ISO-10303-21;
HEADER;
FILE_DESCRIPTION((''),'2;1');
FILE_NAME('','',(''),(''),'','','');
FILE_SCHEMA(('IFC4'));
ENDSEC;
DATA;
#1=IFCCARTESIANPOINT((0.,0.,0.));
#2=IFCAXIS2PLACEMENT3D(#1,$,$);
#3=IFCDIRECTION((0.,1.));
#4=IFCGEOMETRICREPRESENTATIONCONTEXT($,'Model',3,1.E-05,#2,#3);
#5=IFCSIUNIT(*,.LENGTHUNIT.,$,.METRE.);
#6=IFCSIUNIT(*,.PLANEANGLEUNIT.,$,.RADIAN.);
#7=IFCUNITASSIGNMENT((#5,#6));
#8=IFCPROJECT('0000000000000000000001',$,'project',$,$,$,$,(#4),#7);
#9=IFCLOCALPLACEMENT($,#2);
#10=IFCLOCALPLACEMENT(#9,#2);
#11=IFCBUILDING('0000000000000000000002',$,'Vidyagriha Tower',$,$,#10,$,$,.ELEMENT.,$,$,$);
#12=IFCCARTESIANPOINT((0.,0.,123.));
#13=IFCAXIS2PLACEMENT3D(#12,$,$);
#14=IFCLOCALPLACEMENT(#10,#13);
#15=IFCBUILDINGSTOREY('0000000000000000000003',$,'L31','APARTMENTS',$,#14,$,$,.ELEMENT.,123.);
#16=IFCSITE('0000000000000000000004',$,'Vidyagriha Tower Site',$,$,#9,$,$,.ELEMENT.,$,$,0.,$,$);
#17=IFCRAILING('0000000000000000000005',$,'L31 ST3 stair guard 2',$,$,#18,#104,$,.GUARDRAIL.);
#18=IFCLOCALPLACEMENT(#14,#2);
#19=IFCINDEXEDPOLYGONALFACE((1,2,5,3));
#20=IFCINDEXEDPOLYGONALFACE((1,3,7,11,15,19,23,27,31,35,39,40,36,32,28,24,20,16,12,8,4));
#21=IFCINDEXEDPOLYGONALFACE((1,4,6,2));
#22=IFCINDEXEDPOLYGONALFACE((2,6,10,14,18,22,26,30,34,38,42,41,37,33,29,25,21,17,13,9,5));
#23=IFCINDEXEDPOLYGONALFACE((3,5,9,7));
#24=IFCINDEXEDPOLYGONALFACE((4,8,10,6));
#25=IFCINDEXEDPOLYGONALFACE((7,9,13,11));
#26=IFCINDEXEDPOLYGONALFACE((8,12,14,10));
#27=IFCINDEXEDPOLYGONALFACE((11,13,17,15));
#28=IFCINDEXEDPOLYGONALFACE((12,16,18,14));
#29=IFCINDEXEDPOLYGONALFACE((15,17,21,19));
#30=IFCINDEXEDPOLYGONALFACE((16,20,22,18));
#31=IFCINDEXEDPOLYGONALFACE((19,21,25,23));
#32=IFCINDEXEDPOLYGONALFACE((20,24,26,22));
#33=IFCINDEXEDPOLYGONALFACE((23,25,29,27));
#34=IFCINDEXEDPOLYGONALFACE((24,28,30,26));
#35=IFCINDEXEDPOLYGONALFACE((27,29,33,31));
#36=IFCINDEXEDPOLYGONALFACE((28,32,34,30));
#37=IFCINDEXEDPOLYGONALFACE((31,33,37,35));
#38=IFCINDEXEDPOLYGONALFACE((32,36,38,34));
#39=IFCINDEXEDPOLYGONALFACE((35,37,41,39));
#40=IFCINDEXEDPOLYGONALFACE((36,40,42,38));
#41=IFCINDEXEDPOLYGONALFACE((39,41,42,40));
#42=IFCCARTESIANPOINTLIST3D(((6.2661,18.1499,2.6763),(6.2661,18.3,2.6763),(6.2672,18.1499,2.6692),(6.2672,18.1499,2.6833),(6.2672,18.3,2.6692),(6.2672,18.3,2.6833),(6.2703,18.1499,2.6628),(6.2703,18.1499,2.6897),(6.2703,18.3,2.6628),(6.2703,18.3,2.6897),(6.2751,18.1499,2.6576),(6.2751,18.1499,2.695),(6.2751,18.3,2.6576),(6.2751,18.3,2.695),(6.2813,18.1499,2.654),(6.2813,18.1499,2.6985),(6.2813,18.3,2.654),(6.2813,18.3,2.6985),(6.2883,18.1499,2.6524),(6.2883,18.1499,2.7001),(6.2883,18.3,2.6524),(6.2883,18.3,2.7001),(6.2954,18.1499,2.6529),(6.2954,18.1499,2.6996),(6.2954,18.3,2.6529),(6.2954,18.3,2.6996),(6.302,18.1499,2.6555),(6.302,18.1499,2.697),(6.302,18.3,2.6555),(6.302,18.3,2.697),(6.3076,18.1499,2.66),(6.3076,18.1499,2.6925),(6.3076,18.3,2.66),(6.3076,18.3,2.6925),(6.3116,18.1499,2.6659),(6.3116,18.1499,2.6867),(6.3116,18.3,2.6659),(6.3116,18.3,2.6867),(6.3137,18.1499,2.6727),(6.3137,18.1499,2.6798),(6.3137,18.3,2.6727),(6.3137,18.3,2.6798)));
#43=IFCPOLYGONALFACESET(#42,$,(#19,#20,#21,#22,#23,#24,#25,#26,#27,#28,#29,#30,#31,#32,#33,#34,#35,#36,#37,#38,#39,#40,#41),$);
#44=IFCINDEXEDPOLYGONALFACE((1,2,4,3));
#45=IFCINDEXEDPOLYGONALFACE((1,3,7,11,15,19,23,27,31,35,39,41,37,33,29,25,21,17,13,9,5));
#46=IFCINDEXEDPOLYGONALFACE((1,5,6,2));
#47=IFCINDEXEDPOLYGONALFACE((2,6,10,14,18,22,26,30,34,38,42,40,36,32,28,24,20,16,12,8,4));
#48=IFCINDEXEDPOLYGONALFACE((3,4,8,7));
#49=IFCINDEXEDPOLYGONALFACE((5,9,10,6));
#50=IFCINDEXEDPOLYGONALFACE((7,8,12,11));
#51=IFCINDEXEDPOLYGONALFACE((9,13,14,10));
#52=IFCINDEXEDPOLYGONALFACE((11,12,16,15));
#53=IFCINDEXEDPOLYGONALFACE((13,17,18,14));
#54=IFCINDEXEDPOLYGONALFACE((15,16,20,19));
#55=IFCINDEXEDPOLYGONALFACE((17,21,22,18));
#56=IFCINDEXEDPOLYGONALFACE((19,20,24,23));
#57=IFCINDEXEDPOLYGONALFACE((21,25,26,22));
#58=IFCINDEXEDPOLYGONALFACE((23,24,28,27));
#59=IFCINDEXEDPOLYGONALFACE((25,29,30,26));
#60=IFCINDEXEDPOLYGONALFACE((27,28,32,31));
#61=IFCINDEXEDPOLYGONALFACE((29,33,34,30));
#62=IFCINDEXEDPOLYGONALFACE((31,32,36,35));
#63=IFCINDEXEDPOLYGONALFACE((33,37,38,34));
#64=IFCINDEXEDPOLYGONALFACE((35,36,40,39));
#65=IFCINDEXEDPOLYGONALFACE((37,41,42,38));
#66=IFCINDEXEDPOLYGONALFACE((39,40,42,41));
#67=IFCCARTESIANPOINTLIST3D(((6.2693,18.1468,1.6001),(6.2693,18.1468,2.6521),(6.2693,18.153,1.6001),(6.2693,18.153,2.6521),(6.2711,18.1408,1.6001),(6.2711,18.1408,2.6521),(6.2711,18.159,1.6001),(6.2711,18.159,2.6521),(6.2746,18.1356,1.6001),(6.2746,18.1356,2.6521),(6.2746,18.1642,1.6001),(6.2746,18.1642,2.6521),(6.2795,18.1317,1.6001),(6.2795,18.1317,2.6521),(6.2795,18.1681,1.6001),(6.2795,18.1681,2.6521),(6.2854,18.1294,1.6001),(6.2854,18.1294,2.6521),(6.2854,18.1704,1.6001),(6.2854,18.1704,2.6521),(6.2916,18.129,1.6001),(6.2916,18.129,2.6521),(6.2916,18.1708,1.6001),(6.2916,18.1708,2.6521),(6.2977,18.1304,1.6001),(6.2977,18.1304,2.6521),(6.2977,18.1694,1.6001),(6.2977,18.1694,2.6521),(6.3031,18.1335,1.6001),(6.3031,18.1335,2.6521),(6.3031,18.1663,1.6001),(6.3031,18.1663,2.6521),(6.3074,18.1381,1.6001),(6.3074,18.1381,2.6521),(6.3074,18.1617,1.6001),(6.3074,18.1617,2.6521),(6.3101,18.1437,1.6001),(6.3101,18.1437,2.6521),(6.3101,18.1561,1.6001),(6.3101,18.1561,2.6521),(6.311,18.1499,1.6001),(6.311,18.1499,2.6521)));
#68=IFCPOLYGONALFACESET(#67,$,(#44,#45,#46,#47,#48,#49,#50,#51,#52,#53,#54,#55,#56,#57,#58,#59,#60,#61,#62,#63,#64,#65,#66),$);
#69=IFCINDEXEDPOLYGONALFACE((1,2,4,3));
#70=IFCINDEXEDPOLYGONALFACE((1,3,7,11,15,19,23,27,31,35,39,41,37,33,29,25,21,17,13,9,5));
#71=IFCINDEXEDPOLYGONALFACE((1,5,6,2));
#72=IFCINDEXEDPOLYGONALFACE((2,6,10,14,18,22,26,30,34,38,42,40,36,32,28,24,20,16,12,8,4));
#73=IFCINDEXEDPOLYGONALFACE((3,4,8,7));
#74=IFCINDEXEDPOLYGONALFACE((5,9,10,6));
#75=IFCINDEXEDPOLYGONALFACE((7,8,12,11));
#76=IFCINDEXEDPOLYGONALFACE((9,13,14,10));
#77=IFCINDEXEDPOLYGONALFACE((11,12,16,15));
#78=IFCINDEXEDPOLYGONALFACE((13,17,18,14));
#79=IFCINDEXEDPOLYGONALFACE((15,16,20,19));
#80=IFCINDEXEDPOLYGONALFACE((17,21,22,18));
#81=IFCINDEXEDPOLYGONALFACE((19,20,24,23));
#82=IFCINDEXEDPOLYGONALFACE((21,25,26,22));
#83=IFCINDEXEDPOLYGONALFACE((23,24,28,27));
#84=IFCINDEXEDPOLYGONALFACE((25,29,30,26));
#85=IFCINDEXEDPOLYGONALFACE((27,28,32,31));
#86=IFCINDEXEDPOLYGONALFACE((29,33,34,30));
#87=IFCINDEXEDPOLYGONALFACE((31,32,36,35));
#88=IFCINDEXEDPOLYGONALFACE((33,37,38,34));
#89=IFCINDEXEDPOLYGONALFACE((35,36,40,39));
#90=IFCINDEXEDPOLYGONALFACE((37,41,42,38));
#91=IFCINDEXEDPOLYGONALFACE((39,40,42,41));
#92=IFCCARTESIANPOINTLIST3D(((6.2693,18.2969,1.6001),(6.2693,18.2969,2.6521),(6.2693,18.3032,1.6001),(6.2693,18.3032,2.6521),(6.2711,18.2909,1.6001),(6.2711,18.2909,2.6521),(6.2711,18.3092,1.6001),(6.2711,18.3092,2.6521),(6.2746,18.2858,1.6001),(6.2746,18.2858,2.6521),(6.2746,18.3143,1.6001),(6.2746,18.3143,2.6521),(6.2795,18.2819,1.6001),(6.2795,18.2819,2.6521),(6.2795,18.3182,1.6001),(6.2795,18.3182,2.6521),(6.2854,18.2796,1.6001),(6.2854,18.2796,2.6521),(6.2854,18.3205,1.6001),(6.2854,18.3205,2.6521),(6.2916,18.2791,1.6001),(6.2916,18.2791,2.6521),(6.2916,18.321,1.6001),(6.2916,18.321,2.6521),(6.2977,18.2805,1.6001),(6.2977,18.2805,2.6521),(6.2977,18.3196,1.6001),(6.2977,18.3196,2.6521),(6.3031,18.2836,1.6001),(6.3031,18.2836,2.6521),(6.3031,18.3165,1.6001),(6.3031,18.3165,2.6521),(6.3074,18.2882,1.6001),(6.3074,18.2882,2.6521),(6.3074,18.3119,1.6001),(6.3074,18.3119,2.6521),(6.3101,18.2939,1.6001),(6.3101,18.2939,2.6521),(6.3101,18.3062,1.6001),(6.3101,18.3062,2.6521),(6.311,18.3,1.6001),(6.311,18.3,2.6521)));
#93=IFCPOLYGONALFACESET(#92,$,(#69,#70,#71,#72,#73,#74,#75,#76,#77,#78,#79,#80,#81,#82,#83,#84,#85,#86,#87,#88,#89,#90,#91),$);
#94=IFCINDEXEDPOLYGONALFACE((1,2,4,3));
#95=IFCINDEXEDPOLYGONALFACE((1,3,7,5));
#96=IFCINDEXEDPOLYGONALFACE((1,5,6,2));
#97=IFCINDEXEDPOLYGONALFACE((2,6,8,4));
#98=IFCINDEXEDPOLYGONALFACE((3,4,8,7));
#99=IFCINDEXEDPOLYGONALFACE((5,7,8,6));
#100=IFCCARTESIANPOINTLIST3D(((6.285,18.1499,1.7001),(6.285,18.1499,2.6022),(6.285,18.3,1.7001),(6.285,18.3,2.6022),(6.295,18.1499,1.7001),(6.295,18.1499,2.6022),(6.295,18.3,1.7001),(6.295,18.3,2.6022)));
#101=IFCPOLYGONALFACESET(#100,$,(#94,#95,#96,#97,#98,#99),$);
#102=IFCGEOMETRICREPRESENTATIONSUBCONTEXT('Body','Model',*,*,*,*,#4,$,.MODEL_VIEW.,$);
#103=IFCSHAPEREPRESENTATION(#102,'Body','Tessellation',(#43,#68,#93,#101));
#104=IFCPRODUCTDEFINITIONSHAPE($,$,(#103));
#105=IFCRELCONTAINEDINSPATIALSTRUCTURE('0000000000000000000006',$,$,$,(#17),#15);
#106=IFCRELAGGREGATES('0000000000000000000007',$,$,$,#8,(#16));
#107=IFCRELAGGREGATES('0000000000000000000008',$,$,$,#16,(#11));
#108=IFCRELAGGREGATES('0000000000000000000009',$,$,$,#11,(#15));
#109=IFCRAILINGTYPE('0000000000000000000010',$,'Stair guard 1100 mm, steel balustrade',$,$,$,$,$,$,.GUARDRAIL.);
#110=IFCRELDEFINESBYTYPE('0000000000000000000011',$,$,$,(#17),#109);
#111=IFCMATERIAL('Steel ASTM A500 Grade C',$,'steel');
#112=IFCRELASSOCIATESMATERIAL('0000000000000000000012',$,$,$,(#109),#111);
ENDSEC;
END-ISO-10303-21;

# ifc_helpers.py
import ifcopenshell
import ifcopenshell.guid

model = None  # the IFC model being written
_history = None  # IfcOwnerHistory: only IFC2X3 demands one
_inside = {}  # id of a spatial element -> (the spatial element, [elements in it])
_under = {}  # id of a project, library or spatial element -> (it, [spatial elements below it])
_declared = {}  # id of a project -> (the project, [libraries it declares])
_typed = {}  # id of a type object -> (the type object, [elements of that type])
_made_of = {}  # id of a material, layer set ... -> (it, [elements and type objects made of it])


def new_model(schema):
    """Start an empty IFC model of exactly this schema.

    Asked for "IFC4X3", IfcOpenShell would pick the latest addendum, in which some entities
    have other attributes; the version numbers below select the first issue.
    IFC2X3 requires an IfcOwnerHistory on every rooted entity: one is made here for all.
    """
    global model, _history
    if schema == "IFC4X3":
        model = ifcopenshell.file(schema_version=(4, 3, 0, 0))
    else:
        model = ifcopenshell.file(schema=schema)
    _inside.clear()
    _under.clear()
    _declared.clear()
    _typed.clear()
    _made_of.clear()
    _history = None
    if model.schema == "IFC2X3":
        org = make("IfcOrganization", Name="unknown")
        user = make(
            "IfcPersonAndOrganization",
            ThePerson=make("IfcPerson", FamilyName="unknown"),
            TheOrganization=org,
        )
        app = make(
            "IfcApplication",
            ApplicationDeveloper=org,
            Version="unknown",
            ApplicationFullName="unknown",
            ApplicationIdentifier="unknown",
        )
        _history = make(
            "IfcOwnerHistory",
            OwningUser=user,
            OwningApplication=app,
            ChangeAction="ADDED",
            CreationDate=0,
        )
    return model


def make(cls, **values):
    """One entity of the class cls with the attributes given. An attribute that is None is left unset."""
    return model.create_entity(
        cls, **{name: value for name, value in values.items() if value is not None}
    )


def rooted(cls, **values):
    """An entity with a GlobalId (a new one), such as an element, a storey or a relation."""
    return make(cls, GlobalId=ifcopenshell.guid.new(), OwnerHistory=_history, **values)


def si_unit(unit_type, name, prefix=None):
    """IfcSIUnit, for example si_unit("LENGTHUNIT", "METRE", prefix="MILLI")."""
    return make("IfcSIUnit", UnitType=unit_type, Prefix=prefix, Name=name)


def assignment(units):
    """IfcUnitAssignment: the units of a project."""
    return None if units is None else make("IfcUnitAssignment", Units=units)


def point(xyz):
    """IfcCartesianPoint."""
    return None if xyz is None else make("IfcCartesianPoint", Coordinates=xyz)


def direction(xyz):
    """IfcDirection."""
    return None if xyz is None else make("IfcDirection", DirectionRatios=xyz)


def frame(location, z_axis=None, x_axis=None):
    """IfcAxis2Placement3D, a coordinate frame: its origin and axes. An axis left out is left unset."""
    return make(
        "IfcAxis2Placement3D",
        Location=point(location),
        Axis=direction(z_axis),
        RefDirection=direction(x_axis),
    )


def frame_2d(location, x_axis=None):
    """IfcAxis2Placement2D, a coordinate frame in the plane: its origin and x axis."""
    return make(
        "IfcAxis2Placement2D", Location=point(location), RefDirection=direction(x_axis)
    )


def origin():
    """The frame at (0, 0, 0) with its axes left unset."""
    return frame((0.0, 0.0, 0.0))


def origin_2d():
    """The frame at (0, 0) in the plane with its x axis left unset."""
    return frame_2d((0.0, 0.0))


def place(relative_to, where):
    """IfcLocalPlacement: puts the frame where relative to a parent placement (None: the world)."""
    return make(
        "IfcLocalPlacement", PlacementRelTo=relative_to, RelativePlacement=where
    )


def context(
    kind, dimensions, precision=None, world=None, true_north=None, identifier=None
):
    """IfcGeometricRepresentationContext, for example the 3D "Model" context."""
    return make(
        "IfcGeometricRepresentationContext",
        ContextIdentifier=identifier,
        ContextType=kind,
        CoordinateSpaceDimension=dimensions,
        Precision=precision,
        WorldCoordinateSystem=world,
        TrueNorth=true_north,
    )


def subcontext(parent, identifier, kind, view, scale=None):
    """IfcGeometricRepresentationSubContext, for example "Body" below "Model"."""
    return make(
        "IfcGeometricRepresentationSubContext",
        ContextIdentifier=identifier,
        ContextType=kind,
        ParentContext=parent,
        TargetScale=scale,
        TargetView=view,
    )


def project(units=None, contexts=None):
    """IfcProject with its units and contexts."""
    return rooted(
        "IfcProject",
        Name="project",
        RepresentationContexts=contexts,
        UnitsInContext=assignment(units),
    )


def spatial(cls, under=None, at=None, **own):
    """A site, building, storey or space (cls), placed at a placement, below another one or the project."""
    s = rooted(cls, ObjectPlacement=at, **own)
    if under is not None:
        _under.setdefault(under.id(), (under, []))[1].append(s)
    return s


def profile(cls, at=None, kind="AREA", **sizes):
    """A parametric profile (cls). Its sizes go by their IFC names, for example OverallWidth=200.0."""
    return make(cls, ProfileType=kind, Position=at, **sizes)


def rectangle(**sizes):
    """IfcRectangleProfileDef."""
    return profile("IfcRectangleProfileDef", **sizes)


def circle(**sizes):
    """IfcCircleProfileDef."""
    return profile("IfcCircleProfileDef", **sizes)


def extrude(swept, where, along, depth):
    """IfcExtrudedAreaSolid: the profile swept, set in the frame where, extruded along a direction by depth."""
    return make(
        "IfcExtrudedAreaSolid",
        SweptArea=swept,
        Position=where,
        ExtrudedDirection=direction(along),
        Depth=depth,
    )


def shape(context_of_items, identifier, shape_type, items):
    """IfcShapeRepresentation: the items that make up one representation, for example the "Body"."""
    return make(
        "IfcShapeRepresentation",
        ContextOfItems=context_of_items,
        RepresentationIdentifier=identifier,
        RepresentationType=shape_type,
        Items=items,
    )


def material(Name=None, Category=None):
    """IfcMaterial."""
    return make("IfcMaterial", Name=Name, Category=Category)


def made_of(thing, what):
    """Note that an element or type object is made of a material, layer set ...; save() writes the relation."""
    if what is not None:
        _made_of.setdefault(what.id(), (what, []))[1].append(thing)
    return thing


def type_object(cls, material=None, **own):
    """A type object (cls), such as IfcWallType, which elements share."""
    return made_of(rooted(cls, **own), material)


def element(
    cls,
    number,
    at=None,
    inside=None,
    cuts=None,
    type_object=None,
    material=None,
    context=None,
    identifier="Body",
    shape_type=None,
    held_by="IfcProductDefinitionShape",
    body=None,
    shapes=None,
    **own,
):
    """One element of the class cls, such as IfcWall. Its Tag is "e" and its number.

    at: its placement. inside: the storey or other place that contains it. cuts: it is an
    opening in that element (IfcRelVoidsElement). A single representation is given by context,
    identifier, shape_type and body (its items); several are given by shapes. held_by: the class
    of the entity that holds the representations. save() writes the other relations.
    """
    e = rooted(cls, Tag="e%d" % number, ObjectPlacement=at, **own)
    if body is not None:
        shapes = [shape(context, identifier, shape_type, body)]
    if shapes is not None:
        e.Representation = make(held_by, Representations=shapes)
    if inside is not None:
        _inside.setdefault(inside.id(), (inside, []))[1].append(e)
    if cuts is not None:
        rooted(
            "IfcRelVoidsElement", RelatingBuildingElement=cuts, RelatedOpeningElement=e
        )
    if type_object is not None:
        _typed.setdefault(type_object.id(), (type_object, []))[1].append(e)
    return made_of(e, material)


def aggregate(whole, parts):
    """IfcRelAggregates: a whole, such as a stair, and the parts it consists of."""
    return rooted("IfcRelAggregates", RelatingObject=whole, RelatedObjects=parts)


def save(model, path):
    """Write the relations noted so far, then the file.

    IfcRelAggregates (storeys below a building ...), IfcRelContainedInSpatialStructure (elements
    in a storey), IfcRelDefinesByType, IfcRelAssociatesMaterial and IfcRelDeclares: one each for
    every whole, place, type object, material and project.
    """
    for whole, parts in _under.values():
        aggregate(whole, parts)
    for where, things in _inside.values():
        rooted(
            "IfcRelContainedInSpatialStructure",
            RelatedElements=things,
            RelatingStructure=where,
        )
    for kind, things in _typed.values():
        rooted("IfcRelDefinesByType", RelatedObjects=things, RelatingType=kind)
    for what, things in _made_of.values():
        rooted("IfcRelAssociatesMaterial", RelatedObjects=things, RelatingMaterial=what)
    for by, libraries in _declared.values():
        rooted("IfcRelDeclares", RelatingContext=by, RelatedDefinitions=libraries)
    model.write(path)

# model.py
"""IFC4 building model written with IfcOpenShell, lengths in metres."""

from ifc_helpers import new_model, si_unit, direction, frame, origin, origin_2d, place, context, subcontext, project, spatial, rectangle, circle, extrude, material, type_object, element, save


model = new_model("IFC4")

# Units and contexts
model_context = context("Model", 3, precision=1e-05, world=origin(), true_north=direction((0.0, 1.0)))
body_context = subcontext(model_context, "Body", "Model", "MODEL_VIEW")
ifc_project = project(units=[si_unit("LENGTHUNIT", "METRE"), si_unit("PLANEANGLEUNIT", "RADIAN")], contexts=[model_context])

# Site, building, storey
site_placement = place(None, origin())
site = spatial("IfcSite", under=ifc_project, at=site_placement, Name="Vidyagriha Tower Site", CompositionType="ELEMENT", RefElevation=0.0)
building_placement = place(site_placement, origin())
building = spatial("IfcBuilding", under=site, at=building_placement, Name="Vidyagriha Tower", CompositionType="ELEMENT")
storey_placement = place(building_placement, frame((0.0, 0.0, 123.0)))
storey = spatial("IfcBuildingStorey", under=building, at=storey_placement, Name="L31", Description="APARTMENTS", CompositionType="ELEMENT", Elevation=123.0)

# Railing
ifc_material_1 = material(Name="Steel ASTM A500 Grade C", Category="steel")
railing_type_1 = type_object("IfcRailingType", Name="Stair guard 1100 mm, steel balustrade", PredefinedType="GUARDRAIL", material=ifc_material_1)
railing_1_placement = place(storey_placement, frame((6.29, 18.1499, 1.6001)))
element("IfcRailing", 1, at=railing_1_placement, inside=storey, type_object=railing_type_1, Name="L31 ST3 stair guard 2", PredefinedType="GUARDRAIL", context=body_context, shape_type="SweptSolid", body=[
    extrude(circle(Radius=0.0239, at=origin_2d()), frame((0.0, 0.0, 1.0762), z_axis=(0.0, 1.0, 0.0), x_axis=(-1.0, 0.0, 0.0)), (0.0, 0.0, 1.0), 0.1501),
    extrude(circle(Radius=0.021, at=origin_2d()), origin(), (0.0, 0.0, 1.0), 1.052),
    extrude(circle(Radius=0.021, at=origin_2d()), frame((0.0, 0.1501, 0.0)), (0.0, 0.0, 1.0), 1.052),
    extrude(rectangle(XDim=0.01, YDim=0.9021, at=origin_2d()), frame((0.0, 0.0, 0.551), z_axis=(0.0, 1.0, 0.0), x_axis=(-1.0, 0.0, 0.0)), (0.0, 0.0, 1.0), 0.1501),
])

save(model, "model.ifc")
